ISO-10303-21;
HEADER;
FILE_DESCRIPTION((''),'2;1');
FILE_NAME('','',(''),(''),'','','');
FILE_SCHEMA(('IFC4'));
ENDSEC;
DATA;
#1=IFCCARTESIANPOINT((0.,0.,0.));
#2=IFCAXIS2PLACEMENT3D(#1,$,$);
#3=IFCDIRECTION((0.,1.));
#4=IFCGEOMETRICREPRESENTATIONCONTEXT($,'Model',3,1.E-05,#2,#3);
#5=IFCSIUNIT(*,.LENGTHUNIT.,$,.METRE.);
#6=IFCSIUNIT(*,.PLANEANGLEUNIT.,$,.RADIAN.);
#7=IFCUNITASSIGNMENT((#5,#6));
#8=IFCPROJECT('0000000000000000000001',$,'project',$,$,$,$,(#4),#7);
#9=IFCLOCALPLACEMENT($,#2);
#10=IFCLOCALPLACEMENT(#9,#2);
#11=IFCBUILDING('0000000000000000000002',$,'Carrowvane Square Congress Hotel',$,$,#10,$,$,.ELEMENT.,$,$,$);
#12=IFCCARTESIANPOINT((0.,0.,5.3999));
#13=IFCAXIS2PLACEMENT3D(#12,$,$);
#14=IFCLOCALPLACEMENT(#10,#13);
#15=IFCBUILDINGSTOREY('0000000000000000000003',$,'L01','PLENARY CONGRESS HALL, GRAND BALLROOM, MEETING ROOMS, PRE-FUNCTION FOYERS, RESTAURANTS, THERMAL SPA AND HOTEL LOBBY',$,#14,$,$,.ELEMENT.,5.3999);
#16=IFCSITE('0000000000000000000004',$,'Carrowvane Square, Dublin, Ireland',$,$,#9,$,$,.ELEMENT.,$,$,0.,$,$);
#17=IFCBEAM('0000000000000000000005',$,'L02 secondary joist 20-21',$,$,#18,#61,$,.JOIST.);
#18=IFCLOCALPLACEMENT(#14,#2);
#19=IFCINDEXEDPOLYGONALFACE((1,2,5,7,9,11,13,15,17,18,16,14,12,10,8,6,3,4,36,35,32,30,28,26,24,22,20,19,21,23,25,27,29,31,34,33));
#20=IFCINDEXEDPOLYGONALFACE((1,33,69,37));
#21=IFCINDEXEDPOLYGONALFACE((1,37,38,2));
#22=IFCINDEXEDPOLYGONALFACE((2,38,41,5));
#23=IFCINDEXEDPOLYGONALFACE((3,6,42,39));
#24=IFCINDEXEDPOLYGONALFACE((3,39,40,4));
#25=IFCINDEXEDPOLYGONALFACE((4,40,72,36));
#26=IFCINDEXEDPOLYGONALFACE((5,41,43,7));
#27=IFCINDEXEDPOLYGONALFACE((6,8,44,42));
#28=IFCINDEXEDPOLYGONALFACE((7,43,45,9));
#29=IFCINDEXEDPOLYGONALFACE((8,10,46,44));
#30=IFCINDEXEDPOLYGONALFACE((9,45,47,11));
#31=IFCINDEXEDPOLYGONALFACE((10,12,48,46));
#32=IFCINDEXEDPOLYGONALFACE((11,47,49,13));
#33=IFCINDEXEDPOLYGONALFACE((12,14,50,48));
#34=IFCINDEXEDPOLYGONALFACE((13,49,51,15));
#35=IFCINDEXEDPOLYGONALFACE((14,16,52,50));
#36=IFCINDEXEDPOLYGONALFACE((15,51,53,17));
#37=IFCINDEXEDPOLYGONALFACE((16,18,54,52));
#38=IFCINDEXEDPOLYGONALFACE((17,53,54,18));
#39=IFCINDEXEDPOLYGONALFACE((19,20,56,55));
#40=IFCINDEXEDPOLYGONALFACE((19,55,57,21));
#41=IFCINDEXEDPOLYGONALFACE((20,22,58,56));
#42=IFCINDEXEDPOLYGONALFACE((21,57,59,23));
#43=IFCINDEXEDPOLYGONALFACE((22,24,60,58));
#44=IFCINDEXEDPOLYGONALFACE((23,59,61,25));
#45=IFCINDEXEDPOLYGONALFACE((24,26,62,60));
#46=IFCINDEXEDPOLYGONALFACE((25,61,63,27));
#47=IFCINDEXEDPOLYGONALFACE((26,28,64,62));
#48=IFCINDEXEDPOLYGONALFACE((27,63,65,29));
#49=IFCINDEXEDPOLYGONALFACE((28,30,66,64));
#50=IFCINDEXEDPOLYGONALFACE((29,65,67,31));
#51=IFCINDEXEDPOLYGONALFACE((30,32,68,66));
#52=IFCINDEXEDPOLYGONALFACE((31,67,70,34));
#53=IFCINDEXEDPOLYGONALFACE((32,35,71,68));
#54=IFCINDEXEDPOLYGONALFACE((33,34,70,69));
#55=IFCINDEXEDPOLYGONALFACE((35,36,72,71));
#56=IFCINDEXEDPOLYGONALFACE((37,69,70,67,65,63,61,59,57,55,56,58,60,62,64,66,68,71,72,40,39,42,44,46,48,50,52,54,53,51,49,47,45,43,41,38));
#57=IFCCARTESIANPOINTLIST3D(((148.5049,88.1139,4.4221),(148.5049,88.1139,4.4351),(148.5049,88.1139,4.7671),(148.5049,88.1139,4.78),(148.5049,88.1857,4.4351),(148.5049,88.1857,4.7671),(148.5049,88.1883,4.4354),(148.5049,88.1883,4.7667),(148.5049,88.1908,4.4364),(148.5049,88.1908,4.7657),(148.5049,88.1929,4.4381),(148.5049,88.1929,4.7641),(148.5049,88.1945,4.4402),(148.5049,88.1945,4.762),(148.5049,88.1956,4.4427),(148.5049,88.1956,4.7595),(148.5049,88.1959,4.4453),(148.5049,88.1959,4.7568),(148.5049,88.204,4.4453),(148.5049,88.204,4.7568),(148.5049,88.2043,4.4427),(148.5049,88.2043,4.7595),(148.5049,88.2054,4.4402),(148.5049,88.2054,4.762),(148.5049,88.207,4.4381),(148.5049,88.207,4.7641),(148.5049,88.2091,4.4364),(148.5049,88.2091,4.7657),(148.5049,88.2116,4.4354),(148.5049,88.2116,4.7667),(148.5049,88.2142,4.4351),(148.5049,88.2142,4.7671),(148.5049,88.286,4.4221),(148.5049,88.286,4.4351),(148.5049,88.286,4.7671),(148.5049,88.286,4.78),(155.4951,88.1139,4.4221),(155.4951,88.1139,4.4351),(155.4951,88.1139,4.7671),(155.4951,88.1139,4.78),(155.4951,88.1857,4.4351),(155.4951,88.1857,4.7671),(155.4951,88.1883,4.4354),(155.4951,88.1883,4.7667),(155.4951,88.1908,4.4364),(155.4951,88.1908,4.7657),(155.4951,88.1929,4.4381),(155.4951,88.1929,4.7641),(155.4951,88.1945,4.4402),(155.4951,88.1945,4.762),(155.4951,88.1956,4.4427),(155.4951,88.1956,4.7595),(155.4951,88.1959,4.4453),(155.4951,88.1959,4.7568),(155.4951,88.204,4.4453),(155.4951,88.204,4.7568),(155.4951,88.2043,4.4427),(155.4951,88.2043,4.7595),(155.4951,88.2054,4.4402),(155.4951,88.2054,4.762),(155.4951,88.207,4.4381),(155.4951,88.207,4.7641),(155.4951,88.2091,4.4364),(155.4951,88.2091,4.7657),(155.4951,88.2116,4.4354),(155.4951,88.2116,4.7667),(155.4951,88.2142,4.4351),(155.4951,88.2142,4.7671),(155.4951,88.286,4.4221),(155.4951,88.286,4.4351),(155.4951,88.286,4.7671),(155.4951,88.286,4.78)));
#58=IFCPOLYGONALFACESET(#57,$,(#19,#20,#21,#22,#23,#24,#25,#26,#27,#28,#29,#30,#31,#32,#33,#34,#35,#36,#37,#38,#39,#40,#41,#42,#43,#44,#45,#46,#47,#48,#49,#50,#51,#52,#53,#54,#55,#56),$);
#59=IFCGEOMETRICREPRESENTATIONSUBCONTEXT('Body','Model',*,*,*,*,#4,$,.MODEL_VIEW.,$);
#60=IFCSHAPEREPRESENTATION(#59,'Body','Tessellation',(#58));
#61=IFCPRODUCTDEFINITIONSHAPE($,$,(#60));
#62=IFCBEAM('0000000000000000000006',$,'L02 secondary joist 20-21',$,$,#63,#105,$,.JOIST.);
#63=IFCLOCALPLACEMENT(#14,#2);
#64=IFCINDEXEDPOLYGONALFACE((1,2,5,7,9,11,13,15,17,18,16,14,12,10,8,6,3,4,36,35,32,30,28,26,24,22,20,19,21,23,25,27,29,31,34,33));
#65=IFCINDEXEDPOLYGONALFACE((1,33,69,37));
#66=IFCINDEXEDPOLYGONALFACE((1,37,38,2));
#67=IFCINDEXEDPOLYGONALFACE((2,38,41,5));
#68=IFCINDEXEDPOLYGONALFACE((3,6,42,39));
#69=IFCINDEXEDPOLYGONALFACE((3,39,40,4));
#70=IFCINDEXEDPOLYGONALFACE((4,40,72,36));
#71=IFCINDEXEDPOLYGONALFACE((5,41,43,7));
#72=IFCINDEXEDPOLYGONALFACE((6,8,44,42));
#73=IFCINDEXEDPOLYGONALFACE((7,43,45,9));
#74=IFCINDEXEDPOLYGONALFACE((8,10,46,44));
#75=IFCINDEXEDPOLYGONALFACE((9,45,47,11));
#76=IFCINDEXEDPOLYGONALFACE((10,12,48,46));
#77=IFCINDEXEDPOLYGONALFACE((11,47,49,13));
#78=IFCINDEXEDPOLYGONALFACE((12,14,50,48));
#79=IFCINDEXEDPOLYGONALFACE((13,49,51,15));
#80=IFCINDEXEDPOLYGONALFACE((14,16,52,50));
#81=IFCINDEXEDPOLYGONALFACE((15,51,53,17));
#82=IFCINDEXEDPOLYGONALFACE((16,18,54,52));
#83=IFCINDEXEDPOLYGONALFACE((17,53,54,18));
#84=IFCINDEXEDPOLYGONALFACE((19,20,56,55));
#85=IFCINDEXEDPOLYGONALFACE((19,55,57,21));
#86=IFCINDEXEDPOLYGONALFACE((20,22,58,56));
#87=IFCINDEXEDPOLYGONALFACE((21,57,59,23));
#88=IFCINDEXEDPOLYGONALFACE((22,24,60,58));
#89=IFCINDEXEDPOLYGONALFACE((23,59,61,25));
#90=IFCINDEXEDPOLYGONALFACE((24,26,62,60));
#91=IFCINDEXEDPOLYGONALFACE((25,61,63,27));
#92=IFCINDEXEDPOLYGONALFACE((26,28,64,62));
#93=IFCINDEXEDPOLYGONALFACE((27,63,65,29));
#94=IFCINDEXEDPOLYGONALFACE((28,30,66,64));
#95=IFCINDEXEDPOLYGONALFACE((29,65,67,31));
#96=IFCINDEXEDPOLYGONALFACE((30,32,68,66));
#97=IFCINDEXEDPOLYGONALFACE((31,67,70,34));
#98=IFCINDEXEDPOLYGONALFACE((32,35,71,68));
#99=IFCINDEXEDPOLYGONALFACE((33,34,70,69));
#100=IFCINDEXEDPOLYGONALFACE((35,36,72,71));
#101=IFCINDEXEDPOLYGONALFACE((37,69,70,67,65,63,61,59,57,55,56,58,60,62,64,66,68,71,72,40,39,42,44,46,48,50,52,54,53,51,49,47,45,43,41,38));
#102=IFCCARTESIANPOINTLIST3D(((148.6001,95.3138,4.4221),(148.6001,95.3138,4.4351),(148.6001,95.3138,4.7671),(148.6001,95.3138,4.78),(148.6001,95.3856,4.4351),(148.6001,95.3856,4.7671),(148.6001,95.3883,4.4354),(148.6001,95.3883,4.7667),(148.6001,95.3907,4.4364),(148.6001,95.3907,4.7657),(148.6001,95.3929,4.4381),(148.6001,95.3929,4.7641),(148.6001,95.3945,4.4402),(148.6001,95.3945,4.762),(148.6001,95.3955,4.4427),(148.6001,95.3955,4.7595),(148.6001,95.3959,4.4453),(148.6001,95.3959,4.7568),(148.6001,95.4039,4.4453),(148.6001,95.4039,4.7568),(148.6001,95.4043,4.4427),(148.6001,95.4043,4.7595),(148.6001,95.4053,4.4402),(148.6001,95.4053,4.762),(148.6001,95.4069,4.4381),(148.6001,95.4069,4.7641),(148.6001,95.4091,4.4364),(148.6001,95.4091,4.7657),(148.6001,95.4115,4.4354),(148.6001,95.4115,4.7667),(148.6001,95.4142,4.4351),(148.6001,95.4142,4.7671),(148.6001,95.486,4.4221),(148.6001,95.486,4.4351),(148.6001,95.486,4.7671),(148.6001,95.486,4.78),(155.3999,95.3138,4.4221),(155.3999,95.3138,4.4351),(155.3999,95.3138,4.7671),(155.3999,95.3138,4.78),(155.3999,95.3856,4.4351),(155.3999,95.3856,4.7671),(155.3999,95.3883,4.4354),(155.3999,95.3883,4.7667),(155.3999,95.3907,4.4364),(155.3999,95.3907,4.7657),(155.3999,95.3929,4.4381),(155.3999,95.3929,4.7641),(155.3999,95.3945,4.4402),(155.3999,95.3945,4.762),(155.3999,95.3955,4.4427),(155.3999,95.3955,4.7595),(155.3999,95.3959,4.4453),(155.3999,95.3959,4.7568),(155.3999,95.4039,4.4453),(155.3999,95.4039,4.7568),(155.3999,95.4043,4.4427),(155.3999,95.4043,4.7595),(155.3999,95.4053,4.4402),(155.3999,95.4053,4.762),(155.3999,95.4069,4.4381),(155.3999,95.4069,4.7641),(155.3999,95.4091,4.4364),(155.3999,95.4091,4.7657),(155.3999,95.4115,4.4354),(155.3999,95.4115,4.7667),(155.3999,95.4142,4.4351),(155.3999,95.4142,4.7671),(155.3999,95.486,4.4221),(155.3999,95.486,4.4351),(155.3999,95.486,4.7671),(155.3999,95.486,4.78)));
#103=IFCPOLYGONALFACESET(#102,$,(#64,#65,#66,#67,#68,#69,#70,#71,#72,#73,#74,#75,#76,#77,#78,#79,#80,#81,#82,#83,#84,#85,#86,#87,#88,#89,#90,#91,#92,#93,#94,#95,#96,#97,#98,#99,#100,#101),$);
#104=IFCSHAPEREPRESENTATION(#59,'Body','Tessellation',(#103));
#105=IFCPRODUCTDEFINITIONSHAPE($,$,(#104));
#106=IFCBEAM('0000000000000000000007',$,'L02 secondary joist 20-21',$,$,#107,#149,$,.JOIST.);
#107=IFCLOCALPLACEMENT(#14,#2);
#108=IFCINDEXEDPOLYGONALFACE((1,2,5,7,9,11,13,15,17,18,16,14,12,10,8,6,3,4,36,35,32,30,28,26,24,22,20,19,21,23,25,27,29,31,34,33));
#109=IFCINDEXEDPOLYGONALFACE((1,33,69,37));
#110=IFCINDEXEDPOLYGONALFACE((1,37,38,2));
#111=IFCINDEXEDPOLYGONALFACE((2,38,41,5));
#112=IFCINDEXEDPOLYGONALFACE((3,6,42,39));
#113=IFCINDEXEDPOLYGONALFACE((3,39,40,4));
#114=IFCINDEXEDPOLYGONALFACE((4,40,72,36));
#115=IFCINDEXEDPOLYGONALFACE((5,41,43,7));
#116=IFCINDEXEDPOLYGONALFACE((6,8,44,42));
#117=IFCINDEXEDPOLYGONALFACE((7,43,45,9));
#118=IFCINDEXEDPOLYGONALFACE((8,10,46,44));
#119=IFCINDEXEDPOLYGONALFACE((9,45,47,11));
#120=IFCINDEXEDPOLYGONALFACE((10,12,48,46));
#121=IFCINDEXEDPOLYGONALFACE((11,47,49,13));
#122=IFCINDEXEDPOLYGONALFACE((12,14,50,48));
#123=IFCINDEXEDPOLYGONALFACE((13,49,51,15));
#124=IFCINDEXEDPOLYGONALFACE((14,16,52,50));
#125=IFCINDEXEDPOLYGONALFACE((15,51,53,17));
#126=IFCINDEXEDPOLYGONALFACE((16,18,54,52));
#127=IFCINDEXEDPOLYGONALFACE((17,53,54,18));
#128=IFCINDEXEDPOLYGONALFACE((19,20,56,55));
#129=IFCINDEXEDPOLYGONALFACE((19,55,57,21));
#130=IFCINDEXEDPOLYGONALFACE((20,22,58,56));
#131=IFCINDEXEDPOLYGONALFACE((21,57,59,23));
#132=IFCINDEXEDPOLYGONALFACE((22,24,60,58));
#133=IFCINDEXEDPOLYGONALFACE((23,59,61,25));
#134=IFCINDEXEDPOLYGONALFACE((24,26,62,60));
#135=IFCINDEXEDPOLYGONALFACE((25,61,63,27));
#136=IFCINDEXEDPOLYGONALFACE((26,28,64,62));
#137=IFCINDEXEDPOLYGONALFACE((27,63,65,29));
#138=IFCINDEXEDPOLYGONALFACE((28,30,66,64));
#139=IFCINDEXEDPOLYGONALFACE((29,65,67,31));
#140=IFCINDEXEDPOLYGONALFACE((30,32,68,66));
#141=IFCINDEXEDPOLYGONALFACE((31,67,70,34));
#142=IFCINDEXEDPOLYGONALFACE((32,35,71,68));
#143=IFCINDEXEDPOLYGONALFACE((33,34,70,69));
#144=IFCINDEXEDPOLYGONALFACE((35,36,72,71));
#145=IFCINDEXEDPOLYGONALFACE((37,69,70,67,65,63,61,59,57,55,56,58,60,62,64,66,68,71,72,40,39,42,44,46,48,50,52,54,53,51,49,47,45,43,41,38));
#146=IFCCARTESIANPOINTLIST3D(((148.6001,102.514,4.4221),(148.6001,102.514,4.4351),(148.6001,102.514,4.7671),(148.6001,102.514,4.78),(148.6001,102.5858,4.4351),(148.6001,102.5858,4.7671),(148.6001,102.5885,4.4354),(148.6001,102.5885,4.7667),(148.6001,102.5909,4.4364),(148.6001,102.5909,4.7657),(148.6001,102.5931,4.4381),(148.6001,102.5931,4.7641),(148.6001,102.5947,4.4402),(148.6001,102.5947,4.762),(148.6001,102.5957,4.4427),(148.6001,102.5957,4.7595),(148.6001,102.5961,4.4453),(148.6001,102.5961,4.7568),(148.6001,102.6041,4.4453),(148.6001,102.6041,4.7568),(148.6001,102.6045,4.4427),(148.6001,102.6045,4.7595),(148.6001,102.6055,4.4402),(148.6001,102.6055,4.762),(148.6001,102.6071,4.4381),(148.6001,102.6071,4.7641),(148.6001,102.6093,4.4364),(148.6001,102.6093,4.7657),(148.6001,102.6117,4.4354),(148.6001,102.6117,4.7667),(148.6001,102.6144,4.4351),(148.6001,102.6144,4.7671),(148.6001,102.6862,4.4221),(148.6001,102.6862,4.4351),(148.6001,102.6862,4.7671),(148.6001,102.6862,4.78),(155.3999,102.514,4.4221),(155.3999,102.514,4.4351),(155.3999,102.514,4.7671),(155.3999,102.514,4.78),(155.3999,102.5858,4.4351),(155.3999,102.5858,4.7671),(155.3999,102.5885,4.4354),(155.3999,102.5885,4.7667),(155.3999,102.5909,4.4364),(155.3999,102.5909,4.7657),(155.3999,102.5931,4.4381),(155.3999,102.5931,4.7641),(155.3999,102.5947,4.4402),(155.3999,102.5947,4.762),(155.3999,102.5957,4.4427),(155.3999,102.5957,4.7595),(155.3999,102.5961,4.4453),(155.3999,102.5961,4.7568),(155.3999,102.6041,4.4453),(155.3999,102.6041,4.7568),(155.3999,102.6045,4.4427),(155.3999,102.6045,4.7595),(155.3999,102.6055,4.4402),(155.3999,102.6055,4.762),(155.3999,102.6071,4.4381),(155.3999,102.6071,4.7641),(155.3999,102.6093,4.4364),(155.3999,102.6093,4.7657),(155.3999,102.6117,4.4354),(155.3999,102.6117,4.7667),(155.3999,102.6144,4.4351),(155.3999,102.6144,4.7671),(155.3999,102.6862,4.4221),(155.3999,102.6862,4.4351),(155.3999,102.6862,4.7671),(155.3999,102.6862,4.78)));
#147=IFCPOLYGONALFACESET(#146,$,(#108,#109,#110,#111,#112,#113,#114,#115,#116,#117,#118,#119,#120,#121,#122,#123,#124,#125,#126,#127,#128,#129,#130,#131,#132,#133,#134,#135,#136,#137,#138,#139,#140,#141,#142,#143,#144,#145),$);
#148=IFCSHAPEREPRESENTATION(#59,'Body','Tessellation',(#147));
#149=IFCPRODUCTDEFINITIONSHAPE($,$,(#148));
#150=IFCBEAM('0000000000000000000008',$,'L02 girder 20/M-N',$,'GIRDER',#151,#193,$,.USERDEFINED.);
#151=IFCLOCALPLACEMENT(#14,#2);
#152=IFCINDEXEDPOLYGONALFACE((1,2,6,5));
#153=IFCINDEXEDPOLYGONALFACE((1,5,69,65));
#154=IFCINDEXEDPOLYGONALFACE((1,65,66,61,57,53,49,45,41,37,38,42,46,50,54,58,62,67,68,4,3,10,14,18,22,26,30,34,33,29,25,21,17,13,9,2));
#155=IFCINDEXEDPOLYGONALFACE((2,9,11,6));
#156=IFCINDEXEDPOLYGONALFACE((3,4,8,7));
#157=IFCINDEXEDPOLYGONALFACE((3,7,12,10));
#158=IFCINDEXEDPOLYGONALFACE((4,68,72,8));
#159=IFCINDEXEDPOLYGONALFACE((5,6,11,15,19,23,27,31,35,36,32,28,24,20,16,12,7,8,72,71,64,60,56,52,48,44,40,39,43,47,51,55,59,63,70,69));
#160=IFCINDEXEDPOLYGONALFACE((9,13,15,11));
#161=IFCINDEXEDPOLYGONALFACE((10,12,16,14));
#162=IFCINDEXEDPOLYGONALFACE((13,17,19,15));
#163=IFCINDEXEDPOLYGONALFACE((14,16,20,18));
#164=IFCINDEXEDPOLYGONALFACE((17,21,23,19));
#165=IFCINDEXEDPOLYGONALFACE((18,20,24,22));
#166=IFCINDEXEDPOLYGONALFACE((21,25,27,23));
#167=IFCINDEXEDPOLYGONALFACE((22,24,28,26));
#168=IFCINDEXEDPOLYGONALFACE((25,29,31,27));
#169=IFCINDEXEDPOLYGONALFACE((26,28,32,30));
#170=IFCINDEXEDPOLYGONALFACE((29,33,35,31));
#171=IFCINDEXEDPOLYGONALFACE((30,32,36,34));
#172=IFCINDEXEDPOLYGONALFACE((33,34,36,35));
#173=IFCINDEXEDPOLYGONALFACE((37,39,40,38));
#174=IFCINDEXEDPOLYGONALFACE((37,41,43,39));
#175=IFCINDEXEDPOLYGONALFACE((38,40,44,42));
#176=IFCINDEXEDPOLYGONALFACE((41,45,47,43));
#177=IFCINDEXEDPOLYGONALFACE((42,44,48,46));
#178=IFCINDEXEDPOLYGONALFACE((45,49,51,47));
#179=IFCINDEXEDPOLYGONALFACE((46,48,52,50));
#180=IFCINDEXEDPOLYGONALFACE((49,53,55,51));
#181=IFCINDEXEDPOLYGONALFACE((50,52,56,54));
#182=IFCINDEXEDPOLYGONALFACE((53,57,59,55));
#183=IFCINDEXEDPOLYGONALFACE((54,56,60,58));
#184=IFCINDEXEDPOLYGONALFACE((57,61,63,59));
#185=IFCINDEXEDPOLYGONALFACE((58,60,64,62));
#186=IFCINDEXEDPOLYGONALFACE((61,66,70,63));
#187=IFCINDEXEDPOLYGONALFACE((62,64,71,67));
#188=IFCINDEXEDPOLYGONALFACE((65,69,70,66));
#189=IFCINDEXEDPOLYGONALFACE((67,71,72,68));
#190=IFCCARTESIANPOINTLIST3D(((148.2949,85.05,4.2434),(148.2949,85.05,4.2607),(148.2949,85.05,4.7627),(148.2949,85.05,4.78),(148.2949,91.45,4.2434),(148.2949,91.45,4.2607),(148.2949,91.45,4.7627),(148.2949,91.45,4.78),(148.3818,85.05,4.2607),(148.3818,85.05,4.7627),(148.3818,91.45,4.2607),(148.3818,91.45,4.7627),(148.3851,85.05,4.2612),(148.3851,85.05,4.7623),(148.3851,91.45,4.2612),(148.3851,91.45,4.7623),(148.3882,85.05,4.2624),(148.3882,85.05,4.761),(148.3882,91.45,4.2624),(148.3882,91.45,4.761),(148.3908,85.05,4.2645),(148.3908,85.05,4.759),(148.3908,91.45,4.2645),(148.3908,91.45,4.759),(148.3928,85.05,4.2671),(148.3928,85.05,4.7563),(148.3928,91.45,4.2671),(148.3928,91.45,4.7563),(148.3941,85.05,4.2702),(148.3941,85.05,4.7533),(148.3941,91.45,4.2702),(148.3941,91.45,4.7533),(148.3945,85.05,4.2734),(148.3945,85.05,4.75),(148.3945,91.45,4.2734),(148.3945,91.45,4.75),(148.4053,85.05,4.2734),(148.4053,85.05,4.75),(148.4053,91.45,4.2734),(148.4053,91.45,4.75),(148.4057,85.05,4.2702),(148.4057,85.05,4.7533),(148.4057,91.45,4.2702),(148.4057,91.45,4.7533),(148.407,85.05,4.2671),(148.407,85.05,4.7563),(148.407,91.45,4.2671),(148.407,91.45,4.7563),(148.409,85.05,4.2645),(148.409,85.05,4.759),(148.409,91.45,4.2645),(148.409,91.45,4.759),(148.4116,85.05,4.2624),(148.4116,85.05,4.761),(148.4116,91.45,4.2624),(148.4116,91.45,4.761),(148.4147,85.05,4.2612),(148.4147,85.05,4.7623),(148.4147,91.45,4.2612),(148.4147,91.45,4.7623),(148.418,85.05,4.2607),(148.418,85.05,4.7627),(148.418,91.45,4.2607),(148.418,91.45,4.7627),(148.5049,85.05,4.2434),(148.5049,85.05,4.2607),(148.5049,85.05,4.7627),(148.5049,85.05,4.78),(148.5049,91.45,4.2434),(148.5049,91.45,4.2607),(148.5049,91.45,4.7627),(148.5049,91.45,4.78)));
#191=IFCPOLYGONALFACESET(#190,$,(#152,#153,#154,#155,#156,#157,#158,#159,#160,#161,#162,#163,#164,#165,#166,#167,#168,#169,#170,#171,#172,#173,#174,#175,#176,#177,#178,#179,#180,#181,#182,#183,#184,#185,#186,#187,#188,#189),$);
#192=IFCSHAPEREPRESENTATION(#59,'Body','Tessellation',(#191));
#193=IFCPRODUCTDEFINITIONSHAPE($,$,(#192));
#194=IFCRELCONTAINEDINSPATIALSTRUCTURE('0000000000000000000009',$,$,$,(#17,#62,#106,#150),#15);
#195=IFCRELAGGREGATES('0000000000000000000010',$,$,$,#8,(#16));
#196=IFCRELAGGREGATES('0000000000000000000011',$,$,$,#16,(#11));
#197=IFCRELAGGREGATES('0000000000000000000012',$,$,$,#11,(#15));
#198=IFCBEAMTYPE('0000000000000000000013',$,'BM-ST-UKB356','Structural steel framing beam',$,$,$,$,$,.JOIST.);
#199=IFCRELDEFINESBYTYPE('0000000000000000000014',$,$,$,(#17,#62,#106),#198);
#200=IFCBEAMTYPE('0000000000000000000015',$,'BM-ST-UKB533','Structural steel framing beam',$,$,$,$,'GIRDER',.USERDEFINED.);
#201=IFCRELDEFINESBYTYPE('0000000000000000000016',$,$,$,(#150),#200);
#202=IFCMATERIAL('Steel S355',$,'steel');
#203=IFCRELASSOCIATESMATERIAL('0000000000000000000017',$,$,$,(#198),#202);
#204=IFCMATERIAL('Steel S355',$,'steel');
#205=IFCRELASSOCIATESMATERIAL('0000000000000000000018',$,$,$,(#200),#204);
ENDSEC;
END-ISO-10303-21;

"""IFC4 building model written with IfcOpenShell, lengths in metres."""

from ifc_helpers import new_model, si_unit, direction, frame, origin, origin_2d, place, context, subcontext, project, spatial, i_section, extrude, material, material_profile, profile_set, type_object, element, save


model = new_model("IFC4")

# Units and contexts
model_context = context("Model", 3, precision=1e-05, world=origin(), true_north=direction((0.0, 1.0)))
body_context = subcontext(model_context, "Body", "Model", "MODEL_VIEW")
ifc_project = project(units=[si_unit("LENGTHUNIT", "METRE"), si_unit("PLANEANGLEUNIT", "RADIAN")], contexts=[model_context])

# Site, building, storey
site_placement = place(None, origin())
site = spatial("IfcSite", under=ifc_project, at=site_placement, Name="Carrowvane Square, Dublin, Ireland", CompositionType="ELEMENT", RefElevation=0.0)
building_placement = place(site_placement, origin())
building = spatial("IfcBuilding", under=site, at=building_placement, Name="Carrowvane Square Congress Hotel", CompositionType="ELEMENT")
storey_placement = place(building_placement, frame((0.0, 0.0, 5.3999)))
storey = spatial("IfcBuildingStorey", under=building, at=storey_placement, Name="L01", Description="PLENARY CONGRESS HALL, GRAND BALLROOM, MEETING ROOMS, PRE-FUNCTION FOYERS, RESTAURANTS, THERMAL SPA AND HOTEL LOBBY", CompositionType="ELEMENT", Elevation=5.3999)

# Beams
ifc_material_1 = material(Name="Steel S355", Category="steel")
ifc_material_profile_1 = material_profile(ifc_material_1, i_section(OverallWidth=0.1721, OverallDepth=0.3579, WebThickness=0.0081, FlangeThickness=0.0129, FilletRadius=0.0103, at=origin_2d()), Name="UKB 356x171x57")
ifc_profile_set_1 = profile_set([ifc_material_profile_1], Name="Steel S355")
beam_type_1 = type_object("IfcBeamType", Name="BM-ST-UKB356", Description="Structural steel framing beam", PredefinedType="JOIST", material=ifc_profile_set_1)
for number, where, z_axis, x_axis, name in (
    (1, (148.5049, 88.2, 4.6011), (1.0, 0.0, 0.0), (0.0, 1.0, 0.0), "L02 secondary joist 20-21"),
):
    element("IfcBeam", number, at=place(storey_placement, frame(where, z_axis=z_axis, x_axis=x_axis)), inside=storey, type_object=beam_type_1, Name=name, PredefinedType="JOIST", context=body_context, shape_type="SweptSolid", body=[
        extrude(i_section(OverallWidth=0.1721, OverallDepth=0.3579, WebThickness=0.0081, FlangeThickness=0.0129, FilletRadius=0.0103, at=origin_2d()), origin(), (0.0, 0.0, 1.0), 6.9902),
    ])
for number, where, z_axis, x_axis, name in (
    (2, (148.6001, 95.3999, 4.6011), (1.0, 0.0, 0.0), (0.0, 1.0, 0.0), "L02 secondary joist 20-21"),
    (3, (148.6001, 102.6001, 4.6011), (1.0, 0.0, 0.0), (0.0, 1.0, 0.0), "L02 secondary joist 20-21"),
):
    element("IfcBeam", number, at=place(storey_placement, frame(where, z_axis=z_axis, x_axis=x_axis)), inside=storey, type_object=beam_type_1, Name=name, PredefinedType="JOIST", context=body_context, shape_type="SweptSolid", body=[
        extrude(i_section(OverallWidth=0.1721, OverallDepth=0.3579, WebThickness=0.0081, FlangeThickness=0.0129, FilletRadius=0.0103, at=origin_2d()), origin(), (0.0, 0.0, 1.0), 6.7998),
    ])
ifc_material_2 = material(Name="Steel S355", Category="steel")
ifc_material_profile_2 = material_profile(ifc_material_2, i_section(OverallWidth=0.21, OverallDepth=0.5366, WebThickness=0.0107, FlangeThickness=0.0173, FilletRadius=0.0127, at=origin_2d()), Name="UKB 533x210x101")
ifc_profile_set_2 = profile_set([ifc_material_profile_2], Name="Steel S355")
beam_type_2 = type_object("IfcBeamType", Name="BM-ST-UKB533", Description="Structural steel framing beam", ElementType="GIRDER", PredefinedType="USERDEFINED", material=ifc_profile_set_2)
beam_1_placement = place(storey_placement, frame((148.3999, 85.05, 4.5117), z_axis=(0.0, 1.0, 0.0), x_axis=(-1.0, 0.0, 0.0)))
element("IfcBeam", 4, at=beam_1_placement, inside=storey, type_object=beam_type_2, Name="L02 girder 20/M-N", ObjectType="GIRDER", PredefinedType="USERDEFINED", context=body_context, shape_type="SweptSolid", body=[
    extrude(i_section(OverallWidth=0.21, OverallDepth=0.5366, WebThickness=0.0107, FlangeThickness=0.0173, FilletRadius=0.0127, at=origin_2d()), origin(), (0.0, 0.0, 1.0), 6.3999),
])

save(model, "model.ifc")
